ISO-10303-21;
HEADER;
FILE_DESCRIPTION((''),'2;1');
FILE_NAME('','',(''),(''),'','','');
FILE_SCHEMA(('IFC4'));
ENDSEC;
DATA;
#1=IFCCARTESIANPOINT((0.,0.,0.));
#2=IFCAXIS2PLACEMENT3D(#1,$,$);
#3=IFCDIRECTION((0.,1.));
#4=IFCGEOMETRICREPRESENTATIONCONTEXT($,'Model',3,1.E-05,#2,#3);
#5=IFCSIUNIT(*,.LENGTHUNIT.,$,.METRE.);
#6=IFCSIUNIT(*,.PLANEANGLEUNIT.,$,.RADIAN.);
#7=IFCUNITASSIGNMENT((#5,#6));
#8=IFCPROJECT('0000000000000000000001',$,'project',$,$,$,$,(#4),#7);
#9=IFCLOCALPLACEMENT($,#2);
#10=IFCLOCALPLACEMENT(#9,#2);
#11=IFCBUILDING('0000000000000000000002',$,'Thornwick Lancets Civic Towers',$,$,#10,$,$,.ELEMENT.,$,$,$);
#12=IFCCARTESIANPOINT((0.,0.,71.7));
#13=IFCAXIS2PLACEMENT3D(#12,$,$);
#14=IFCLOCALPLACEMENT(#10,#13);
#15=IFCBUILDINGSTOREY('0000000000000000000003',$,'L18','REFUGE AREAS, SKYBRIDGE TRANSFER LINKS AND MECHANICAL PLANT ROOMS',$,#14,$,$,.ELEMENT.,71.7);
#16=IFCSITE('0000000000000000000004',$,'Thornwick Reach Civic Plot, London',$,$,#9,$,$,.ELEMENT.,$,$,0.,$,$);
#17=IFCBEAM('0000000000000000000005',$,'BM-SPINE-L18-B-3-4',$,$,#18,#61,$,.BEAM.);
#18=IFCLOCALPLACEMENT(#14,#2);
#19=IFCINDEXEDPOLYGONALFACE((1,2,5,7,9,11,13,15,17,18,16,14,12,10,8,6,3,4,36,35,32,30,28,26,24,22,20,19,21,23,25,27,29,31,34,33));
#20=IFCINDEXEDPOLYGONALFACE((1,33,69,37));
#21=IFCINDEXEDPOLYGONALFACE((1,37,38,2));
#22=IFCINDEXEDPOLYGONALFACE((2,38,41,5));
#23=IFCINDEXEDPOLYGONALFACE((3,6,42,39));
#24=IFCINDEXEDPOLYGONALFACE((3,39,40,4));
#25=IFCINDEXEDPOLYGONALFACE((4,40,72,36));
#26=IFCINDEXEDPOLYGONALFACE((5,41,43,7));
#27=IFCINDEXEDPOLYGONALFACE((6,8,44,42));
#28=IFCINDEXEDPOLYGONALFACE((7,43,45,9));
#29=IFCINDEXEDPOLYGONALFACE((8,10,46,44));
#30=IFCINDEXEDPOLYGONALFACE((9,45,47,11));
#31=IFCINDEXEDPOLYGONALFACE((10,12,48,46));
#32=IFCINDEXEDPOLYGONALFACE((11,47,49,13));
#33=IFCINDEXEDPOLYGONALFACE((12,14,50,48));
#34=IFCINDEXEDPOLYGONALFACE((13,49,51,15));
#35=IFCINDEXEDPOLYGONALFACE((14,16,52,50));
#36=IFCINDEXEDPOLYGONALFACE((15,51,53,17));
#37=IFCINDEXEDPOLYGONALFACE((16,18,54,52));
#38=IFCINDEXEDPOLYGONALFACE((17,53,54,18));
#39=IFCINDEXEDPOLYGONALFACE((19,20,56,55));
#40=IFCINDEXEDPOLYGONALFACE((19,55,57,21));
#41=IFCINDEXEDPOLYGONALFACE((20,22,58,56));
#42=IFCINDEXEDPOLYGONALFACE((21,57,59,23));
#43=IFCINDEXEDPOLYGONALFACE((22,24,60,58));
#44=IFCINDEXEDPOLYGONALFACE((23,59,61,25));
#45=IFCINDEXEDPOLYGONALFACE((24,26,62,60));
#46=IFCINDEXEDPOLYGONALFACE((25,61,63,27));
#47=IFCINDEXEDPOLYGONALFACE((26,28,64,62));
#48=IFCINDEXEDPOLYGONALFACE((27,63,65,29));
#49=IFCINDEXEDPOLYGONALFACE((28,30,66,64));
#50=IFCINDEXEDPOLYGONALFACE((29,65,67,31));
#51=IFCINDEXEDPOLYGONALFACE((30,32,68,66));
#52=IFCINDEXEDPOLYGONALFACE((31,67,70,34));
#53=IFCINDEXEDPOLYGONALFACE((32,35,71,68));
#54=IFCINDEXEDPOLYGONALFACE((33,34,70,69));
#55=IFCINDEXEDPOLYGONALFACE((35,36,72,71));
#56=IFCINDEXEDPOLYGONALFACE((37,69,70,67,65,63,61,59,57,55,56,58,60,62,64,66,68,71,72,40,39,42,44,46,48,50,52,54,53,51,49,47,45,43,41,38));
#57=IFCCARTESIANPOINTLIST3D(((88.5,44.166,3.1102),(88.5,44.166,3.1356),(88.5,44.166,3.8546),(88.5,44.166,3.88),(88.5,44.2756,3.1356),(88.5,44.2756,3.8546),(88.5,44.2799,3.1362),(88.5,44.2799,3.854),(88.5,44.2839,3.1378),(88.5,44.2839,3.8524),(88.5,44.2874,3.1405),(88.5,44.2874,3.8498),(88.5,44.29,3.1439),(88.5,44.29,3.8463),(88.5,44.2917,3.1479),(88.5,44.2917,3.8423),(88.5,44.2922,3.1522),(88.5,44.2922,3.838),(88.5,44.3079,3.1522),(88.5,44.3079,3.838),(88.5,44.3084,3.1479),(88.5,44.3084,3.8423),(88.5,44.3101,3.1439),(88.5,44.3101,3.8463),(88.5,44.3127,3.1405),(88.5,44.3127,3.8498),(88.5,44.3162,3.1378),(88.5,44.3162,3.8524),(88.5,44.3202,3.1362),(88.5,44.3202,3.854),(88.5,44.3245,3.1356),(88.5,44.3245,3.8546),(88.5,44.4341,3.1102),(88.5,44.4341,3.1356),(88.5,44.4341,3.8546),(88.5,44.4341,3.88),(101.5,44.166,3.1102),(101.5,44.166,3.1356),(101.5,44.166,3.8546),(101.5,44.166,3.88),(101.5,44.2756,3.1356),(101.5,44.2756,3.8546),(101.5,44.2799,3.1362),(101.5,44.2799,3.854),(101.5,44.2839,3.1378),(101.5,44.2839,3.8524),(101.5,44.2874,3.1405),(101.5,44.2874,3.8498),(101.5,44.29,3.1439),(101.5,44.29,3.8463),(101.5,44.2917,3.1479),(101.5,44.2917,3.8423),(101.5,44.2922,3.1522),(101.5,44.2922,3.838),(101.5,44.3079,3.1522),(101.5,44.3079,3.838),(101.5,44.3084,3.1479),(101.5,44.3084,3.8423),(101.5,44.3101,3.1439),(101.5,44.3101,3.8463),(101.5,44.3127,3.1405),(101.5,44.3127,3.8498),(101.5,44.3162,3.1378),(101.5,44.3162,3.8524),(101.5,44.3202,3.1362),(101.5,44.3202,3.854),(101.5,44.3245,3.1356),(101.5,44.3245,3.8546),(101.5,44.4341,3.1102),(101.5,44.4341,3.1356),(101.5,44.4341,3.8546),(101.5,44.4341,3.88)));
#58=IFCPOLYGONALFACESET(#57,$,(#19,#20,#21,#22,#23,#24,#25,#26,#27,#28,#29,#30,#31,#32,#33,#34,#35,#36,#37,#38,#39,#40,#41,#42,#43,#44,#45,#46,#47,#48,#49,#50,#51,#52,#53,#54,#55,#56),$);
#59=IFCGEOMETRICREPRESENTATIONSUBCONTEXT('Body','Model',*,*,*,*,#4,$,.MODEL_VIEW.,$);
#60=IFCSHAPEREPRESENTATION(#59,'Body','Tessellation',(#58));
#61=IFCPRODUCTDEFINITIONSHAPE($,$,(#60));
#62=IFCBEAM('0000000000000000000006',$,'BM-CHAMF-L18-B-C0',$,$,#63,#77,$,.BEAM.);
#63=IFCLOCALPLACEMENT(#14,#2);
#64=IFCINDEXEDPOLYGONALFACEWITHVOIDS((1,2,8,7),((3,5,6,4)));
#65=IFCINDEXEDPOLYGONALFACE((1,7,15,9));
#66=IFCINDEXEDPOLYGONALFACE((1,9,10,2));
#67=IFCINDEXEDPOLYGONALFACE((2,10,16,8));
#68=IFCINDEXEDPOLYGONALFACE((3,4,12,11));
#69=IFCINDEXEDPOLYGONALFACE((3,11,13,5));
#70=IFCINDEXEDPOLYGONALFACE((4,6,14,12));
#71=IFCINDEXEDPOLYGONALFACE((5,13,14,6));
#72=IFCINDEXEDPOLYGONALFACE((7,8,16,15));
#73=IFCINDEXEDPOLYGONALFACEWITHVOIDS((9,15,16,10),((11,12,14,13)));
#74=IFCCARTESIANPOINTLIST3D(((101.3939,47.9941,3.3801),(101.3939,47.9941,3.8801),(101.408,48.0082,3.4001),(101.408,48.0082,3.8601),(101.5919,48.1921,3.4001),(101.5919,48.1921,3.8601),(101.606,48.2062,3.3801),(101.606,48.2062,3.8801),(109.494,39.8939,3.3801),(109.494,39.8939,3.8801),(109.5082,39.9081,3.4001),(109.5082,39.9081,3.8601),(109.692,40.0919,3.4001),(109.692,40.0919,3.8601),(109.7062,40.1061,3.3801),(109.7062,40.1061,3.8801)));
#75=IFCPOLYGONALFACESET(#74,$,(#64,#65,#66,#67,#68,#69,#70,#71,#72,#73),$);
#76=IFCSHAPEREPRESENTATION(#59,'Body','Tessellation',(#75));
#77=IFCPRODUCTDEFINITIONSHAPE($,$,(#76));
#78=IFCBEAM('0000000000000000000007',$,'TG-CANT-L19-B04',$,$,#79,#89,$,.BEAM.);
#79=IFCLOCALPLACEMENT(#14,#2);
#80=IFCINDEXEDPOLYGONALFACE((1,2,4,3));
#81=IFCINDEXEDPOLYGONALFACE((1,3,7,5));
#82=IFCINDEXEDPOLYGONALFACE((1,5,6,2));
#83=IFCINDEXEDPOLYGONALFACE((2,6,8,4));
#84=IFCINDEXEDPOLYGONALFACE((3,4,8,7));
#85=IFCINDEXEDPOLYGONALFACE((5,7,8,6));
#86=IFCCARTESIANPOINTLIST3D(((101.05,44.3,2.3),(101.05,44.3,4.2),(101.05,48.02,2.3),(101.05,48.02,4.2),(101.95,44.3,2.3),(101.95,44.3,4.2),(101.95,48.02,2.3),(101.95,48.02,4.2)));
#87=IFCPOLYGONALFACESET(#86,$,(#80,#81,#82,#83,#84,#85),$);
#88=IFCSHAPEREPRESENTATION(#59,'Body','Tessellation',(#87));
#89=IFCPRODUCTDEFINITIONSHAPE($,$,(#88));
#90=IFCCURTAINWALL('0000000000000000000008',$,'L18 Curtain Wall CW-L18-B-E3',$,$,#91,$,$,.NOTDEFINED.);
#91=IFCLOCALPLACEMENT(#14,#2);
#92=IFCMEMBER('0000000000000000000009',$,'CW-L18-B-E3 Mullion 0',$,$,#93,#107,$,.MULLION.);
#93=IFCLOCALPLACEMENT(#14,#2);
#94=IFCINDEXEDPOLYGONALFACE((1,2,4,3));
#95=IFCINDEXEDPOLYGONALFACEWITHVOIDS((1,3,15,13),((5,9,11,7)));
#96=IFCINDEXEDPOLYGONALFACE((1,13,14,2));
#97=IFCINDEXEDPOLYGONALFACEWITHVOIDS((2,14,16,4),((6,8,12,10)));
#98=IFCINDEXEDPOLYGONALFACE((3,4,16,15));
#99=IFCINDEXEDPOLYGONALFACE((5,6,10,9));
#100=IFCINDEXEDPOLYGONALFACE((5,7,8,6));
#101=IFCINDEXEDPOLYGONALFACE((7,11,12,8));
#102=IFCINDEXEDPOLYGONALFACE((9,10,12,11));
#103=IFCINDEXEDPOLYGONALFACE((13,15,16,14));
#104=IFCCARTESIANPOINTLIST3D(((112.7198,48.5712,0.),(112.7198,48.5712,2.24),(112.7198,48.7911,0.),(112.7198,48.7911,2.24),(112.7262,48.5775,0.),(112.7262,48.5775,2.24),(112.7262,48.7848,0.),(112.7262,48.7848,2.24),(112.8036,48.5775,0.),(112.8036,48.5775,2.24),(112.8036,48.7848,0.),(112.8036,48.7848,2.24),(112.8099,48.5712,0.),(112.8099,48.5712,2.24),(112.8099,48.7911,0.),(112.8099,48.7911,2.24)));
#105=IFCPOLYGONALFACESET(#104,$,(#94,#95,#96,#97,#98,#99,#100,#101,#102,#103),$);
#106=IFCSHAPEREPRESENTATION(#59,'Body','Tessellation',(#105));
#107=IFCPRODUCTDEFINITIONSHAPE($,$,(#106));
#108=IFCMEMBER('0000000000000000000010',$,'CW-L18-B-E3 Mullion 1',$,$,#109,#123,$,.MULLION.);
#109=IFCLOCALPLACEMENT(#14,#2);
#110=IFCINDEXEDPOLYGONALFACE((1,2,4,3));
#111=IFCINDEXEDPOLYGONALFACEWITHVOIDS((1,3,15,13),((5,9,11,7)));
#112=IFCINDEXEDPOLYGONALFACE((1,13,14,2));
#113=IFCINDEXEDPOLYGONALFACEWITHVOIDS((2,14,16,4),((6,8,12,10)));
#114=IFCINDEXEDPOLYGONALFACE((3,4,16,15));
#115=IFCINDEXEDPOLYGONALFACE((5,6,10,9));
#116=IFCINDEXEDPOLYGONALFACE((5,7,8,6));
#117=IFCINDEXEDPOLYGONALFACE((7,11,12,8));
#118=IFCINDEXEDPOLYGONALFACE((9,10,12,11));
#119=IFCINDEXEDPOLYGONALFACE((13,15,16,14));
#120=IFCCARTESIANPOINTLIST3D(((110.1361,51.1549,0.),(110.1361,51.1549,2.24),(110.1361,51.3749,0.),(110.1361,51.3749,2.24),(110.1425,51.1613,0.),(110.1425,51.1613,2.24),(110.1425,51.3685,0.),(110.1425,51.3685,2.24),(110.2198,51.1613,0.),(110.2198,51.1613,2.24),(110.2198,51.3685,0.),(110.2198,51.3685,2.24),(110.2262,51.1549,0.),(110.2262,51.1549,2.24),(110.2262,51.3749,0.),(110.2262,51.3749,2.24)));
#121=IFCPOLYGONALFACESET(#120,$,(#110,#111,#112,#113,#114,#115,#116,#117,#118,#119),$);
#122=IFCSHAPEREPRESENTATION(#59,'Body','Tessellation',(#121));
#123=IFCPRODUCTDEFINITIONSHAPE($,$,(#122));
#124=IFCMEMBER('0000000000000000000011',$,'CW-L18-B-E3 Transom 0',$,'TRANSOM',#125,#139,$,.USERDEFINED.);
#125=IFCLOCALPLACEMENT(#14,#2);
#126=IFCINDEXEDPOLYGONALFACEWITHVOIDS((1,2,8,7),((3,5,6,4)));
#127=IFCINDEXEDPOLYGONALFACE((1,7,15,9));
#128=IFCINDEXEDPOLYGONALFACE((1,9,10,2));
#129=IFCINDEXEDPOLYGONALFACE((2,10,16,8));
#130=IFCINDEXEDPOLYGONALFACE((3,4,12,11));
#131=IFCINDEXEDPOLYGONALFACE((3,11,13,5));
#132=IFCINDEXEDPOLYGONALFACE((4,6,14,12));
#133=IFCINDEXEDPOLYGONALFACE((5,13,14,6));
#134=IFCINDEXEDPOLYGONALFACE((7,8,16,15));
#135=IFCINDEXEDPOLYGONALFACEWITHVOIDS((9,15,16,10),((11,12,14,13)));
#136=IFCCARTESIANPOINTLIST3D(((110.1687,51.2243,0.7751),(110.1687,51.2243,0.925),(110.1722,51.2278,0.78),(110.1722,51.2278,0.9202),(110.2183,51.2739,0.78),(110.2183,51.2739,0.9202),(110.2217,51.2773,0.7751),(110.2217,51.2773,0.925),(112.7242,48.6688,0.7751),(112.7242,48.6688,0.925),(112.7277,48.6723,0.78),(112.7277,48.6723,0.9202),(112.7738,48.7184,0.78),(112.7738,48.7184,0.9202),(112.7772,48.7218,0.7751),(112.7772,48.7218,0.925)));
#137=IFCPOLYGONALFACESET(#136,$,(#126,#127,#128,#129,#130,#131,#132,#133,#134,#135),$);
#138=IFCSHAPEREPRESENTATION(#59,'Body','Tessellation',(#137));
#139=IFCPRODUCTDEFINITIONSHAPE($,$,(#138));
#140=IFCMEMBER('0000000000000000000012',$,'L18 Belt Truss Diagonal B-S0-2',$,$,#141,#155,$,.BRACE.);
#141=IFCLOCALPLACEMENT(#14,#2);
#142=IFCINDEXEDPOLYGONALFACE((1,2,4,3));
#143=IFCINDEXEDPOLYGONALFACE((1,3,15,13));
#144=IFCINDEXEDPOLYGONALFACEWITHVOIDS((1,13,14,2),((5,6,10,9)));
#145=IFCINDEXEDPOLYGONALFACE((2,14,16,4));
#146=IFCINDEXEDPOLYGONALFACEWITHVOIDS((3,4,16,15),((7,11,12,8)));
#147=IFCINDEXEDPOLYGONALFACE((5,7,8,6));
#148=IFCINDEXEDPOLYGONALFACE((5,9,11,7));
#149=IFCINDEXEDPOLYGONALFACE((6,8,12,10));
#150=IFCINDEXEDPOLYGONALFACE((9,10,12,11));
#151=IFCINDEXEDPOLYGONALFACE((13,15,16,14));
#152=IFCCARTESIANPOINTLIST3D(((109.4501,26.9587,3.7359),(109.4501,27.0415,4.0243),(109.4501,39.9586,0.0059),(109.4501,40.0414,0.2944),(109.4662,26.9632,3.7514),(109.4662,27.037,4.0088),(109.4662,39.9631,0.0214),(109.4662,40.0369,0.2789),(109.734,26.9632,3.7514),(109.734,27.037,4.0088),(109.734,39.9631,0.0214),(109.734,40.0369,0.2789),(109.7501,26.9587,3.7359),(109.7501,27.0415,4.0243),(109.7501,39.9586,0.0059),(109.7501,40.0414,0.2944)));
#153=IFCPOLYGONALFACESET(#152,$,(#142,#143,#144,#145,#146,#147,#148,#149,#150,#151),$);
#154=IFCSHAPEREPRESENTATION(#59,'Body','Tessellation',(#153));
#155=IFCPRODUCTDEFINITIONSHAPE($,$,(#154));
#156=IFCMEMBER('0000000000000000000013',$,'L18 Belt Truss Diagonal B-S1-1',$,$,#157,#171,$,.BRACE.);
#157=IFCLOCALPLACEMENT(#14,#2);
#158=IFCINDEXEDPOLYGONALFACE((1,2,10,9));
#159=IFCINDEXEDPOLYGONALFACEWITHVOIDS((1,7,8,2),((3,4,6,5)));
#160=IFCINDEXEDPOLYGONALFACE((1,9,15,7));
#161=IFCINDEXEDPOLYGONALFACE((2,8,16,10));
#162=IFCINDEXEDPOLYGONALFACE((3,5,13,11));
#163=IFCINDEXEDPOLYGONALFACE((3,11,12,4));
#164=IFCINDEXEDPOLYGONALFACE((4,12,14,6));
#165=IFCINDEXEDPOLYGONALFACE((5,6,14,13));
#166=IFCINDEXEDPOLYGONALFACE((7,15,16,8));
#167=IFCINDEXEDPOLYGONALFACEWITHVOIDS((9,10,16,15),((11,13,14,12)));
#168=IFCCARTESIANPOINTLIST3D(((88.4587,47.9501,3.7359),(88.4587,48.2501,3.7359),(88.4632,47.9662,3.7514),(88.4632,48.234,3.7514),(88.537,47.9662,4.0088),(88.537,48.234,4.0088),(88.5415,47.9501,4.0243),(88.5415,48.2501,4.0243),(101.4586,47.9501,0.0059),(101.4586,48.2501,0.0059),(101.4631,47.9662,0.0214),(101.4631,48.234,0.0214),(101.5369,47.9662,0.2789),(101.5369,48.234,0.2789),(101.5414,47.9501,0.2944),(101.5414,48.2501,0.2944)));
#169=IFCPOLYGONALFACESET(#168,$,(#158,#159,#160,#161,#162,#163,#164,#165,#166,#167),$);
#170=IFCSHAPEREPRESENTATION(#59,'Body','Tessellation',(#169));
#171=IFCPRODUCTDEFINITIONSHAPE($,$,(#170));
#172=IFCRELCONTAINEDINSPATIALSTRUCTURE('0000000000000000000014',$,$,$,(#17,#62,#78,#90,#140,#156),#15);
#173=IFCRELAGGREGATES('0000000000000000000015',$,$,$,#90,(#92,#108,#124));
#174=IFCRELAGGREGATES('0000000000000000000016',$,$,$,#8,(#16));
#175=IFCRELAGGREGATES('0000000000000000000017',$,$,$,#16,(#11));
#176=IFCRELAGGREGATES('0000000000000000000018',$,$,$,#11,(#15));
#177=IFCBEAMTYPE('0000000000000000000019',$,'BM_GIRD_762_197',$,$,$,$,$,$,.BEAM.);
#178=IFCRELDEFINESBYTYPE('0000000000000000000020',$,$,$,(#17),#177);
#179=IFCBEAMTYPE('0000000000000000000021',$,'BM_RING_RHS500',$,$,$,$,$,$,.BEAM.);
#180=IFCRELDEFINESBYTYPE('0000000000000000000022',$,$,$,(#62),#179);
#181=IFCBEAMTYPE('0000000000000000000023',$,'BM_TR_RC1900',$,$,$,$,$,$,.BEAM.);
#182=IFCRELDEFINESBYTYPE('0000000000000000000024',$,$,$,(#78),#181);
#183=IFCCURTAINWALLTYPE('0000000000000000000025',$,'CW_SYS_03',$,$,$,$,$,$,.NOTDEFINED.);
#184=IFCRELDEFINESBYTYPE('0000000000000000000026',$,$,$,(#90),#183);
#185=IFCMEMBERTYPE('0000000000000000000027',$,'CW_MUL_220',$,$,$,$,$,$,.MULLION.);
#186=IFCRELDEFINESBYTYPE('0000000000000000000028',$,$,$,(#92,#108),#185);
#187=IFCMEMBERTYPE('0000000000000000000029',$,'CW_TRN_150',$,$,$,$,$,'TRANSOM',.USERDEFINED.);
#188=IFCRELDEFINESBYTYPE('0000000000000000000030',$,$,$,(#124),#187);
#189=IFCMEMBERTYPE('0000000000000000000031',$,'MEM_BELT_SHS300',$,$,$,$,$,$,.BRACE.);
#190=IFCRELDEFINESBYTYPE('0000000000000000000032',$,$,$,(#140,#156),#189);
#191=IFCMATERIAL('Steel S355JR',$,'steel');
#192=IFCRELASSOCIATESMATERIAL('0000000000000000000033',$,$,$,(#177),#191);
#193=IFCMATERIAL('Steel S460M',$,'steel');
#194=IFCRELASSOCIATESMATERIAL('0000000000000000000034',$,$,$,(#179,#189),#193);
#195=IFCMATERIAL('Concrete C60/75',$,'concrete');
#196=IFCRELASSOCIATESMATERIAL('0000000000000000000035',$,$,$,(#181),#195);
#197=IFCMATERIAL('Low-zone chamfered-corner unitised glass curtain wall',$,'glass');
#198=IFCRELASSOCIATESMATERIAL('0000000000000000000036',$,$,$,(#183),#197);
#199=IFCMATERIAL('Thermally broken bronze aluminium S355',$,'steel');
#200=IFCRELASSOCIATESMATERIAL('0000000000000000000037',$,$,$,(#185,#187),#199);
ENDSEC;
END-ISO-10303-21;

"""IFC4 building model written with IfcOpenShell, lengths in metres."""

from ifc_helpers import new_model, si_unit, direction, frame, origin, origin_2d, place, context, subcontext, project, spatial, rectangle, hollow_rectangle, i_section, extrude, material, material_profile, profile_set, type_object, element, aggregate, save


model = new_model("IFC4")

# Units and contexts
model_context = context("Model", 3, precision=1e-05, world=origin(), true_north=direction((0.0, 1.0)))
body_context = subcontext(model_context, "Body", "Model", "MODEL_VIEW")
ifc_project = project(units=[si_unit("LENGTHUNIT", "METRE"), si_unit("PLANEANGLEUNIT", "RADIAN")], contexts=[model_context])

# Site, building, storey
site_placement = place(None, origin())
site = spatial("IfcSite", under=ifc_project, at=site_placement, Name="Thornwick Reach Civic Plot, London", CompositionType="ELEMENT", RefElevation=0.0)
building_placement = place(site_placement, origin())
building = spatial("IfcBuilding", under=site, at=building_placement, Name="Thornwick Lancets Civic Towers", CompositionType="ELEMENT")
storey_placement = place(building_placement, frame((0.0, 0.0, 71.7)))
storey = spatial("IfcBuildingStorey", under=building, at=storey_placement, Name="L18", Description="REFUGE AREAS, SKYBRIDGE TRANSFER LINKS AND MECHANICAL PLANT ROOMS", CompositionType="ELEMENT", Elevation=71.7)

# Shared definitions
ifc_material_1 = material(Name="Concrete C60/75", Category="concrete")
ifc_material_2 = material(Name="Steel S460M", Category="steel")

# Beams
ifc_material_3 = material(Name="Steel S355JR", Category="steel")
ifc_material_profile_1 = material_profile(ifc_material_3, i_section(OverallWidth=0.2681, OverallDepth=0.7698, WebThickness=0.0156, FlangeThickness=0.0254, FilletRadius=0.0166, at=origin_2d()), Name="UKB 762x267x197")
ifc_profile_set_1 = profile_set([ifc_material_profile_1], Name="Steel S355JR")
beam_type_1 = type_object("IfcBeamType", Name="BM_GIRD_762_197", PredefinedType="BEAM", material=ifc_profile_set_1)
beam_1_placement = place(storey_placement, frame((101.5, 44.3, 3.4951), z_axis=(-1.0, 0.0, 0.0), x_axis=(0.0, -1.0, 0.0)))
element("IfcBeam", 1, at=beam_1_placement, inside=storey, type_object=beam_type_1, Name="BM-SPINE-L18-B-3-4", PredefinedType="BEAM", context=body_context, shape_type="SweptSolid", body=[
    extrude(i_section(OverallWidth=0.2681, OverallDepth=0.7698, WebThickness=0.0156, FlangeThickness=0.0254, FilletRadius=0.0166, at=origin_2d()), origin(), (0.0, 0.0, 1.0), 13.0),
])
ifc_material_profile_2 = material_profile(ifc_material_2, hollow_rectangle(XDim=0.3, YDim=0.5, WallThickness=0.02, at=origin_2d()), Name="RHS 500x300x20")
ifc_profile_set_2 = profile_set([ifc_material_profile_2], Name="Steel S460M")
beam_type_2 = type_object("IfcBeamType", Name="BM_RING_RHS500", PredefinedType="BEAM", material=ifc_profile_set_2)
beam_2_placement = place(storey_placement, frame((109.6001, 40.0, 3.6301), z_axis=(-0.707107, 0.707107, 0.0), x_axis=(-0.707107, -0.707107, 0.0)))
element("IfcBeam", 2, at=beam_2_placement, inside=storey, type_object=beam_type_2, Name="BM-CHAMF-L18-B-C0", PredefinedType="BEAM", context=body_context, shape_type="SweptSolid", body=[
    extrude(hollow_rectangle(XDim=0.3, YDim=0.5, WallThickness=0.02, at=origin_2d()), origin(), (0.0, 0.0, 1.0), 11.4553),
])
ifc_material_profile_3 = material_profile(ifc_material_1, rectangle(XDim=0.8999, YDim=1.8999, at=origin_2d()), Name="RC 900x1900")
ifc_profile_set_3 = profile_set([ifc_material_profile_3], Name="Concrete C60/75")
beam_type_3 = type_object("IfcBeamType", Name="BM_TR_RC1900", PredefinedType="BEAM", material=ifc_profile_set_3)
beam_3_placement = place(storey_placement, frame((101.5, 44.3, 3.25), z_axis=(0.0, 1.0, 0.0), x_axis=(-1.0, 0.0, 0.0)))
element("IfcBeam", 3, at=beam_3_placement, inside=storey, type_object=beam_type_3, Name="TG-CANT-L19-B04", PredefinedType="BEAM", context=body_context, shape_type="SweptSolid", body=[
    extrude(rectangle(XDim=0.8999, YDim=1.8999, at=origin_2d()), origin(), (0.0, 0.0, 1.0), 3.72),
])

# Curtain wall, members
ifc_material_4 = material(Name="Low-zone chamfered-corner unitised glass curtain wall", Category="glass")
curtain_wall_type = type_object("IfcCurtainWallType", Name="CW_SYS_03", PredefinedType="NOTDEFINED", material=ifc_material_4)
curtain_wall_placement = place(storey_placement, origin())
curtain_wall = element("IfcCurtainWall", 4, at=curtain_wall_placement, inside=storey, type_object=curtain_wall_type, Name="L18 Curtain Wall CW-L18-B-E3", PredefinedType="NOTDEFINED")
ifc_material_5 = material(Name="Thermally broken bronze aluminium S355", Category="steel")
ifc_material_profile_4 = material_profile(ifc_material_5, hollow_rectangle(XDim=0.0901, YDim=0.22, WallThickness=0.0063, at=origin_2d()), Name="RHS 220x90x6.3")
ifc_profile_set_4 = profile_set([ifc_material_profile_4], Name="Thermally broken bronze aluminium S355")
member_type_1 = type_object("IfcMemberType", Name="CW_MUL_220", PredefinedType="MULLION", material=ifc_profile_set_4)
member_1_placement = place(storey_placement, frame((112.7649, 48.6812, 0.0), z_axis=(0.0, 0.0, 1.0), x_axis=(1.0, 0.0, 0.0)))
member_1 = element("IfcMember", 5, at=member_1_placement, type_object=member_type_1, Name="CW-L18-B-E3 Mullion 0", PredefinedType="MULLION", context=body_context, shape_type="SweptSolid", body=[
    extrude(hollow_rectangle(XDim=0.0901, YDim=0.22, WallThickness=0.0063, at=origin_2d()), origin(), (0.0, 0.0, 1.0), 2.24),
])
member_2_placement = place(storey_placement, frame((110.1812, 51.2649, 0.0), z_axis=(0.0, 0.0, 1.0), x_axis=(1.0, 0.0, 0.0)))
member_2 = element("IfcMember", 6, at=member_2_placement, type_object=member_type_1, Name="CW-L18-B-E3 Mullion 1", PredefinedType="MULLION", context=body_context, shape_type="SweptSolid", body=[
    extrude(hollow_rectangle(XDim=0.0901, YDim=0.22, WallThickness=0.0063, at=origin_2d()), origin(), (0.0, 0.0, 1.0), 2.24),
])
ifc_material_profile_5 = material_profile(ifc_material_5, hollow_rectangle(XDim=0.075, YDim=0.1499, WallThickness=0.0049, at=origin_2d()), Name="RHS 150x75x5")
ifc_profile_set_5 = profile_set([ifc_material_profile_5], Name="Thermally broken bronze aluminium S355")
member_type_2 = type_object("IfcMemberType", Name="CW_TRN_150", ElementType="TRANSOM", PredefinedType="USERDEFINED", material=ifc_profile_set_5)
member_3_placement = place(storey_placement, frame((112.7507, 48.6953, 0.8501), z_axis=(-0.707107, 0.707107, 0.0), x_axis=(-0.707107, -0.707107, 0.0)))
member_3 = element("IfcMember", 7, at=member_3_placement, type_object=member_type_2, Name="CW-L18-B-E3 Transom 0", ObjectType="TRANSOM", PredefinedType="USERDEFINED", context=body_context, shape_type="SweptSolid", body=[
    extrude(hollow_rectangle(XDim=0.075, YDim=0.1499, WallThickness=0.0049, at=origin_2d()), origin(), (0.0, 0.0, 1.0), 3.614),
])

# Members
ifc_material_profile_6 = material_profile(ifc_material_2, hollow_rectangle(XDim=0.3, YDim=0.3, WallThickness=0.0161, at=origin_2d()), Name="SHS 300x300x16")
ifc_profile_set_6 = profile_set([ifc_material_profile_6], Name="Steel S460M")
member_type_3 = type_object("IfcMemberType", Name="MEM_BELT_SHS300", PredefinedType="BRACE", material=ifc_profile_set_6)
for number, where, z_axis, x_axis, name in (
    (8, (109.6001, 40.0, 0.1501), (0.0, -0.961217, 0.275794), (1.0, 0.0, 0.0), "L18 Belt Truss Diagonal B-S0-2"),
    (9, (101.5, 48.1001, 0.1501), (-0.961217, 0.0, 0.275794), (0.0, -1.0, 0.0), "L18 Belt Truss Diagonal B-S1-1"),
):
    element("IfcMember", number, at=place(storey_placement, frame(where, z_axis=z_axis, x_axis=x_axis)), inside=storey, type_object=member_type_3, Name=name, PredefinedType="BRACE", context=body_context, shape_type="SweptSolid", body=[
        extrude(hollow_rectangle(XDim=0.3, YDim=0.3, WallThickness=0.0161, at=origin_2d()), origin(), (0.0, 0.0, 1.0), 13.5244),
    ])

aggregate(curtain_wall, [member_1, member_2, member_3])

save(model, "model.ifc")
